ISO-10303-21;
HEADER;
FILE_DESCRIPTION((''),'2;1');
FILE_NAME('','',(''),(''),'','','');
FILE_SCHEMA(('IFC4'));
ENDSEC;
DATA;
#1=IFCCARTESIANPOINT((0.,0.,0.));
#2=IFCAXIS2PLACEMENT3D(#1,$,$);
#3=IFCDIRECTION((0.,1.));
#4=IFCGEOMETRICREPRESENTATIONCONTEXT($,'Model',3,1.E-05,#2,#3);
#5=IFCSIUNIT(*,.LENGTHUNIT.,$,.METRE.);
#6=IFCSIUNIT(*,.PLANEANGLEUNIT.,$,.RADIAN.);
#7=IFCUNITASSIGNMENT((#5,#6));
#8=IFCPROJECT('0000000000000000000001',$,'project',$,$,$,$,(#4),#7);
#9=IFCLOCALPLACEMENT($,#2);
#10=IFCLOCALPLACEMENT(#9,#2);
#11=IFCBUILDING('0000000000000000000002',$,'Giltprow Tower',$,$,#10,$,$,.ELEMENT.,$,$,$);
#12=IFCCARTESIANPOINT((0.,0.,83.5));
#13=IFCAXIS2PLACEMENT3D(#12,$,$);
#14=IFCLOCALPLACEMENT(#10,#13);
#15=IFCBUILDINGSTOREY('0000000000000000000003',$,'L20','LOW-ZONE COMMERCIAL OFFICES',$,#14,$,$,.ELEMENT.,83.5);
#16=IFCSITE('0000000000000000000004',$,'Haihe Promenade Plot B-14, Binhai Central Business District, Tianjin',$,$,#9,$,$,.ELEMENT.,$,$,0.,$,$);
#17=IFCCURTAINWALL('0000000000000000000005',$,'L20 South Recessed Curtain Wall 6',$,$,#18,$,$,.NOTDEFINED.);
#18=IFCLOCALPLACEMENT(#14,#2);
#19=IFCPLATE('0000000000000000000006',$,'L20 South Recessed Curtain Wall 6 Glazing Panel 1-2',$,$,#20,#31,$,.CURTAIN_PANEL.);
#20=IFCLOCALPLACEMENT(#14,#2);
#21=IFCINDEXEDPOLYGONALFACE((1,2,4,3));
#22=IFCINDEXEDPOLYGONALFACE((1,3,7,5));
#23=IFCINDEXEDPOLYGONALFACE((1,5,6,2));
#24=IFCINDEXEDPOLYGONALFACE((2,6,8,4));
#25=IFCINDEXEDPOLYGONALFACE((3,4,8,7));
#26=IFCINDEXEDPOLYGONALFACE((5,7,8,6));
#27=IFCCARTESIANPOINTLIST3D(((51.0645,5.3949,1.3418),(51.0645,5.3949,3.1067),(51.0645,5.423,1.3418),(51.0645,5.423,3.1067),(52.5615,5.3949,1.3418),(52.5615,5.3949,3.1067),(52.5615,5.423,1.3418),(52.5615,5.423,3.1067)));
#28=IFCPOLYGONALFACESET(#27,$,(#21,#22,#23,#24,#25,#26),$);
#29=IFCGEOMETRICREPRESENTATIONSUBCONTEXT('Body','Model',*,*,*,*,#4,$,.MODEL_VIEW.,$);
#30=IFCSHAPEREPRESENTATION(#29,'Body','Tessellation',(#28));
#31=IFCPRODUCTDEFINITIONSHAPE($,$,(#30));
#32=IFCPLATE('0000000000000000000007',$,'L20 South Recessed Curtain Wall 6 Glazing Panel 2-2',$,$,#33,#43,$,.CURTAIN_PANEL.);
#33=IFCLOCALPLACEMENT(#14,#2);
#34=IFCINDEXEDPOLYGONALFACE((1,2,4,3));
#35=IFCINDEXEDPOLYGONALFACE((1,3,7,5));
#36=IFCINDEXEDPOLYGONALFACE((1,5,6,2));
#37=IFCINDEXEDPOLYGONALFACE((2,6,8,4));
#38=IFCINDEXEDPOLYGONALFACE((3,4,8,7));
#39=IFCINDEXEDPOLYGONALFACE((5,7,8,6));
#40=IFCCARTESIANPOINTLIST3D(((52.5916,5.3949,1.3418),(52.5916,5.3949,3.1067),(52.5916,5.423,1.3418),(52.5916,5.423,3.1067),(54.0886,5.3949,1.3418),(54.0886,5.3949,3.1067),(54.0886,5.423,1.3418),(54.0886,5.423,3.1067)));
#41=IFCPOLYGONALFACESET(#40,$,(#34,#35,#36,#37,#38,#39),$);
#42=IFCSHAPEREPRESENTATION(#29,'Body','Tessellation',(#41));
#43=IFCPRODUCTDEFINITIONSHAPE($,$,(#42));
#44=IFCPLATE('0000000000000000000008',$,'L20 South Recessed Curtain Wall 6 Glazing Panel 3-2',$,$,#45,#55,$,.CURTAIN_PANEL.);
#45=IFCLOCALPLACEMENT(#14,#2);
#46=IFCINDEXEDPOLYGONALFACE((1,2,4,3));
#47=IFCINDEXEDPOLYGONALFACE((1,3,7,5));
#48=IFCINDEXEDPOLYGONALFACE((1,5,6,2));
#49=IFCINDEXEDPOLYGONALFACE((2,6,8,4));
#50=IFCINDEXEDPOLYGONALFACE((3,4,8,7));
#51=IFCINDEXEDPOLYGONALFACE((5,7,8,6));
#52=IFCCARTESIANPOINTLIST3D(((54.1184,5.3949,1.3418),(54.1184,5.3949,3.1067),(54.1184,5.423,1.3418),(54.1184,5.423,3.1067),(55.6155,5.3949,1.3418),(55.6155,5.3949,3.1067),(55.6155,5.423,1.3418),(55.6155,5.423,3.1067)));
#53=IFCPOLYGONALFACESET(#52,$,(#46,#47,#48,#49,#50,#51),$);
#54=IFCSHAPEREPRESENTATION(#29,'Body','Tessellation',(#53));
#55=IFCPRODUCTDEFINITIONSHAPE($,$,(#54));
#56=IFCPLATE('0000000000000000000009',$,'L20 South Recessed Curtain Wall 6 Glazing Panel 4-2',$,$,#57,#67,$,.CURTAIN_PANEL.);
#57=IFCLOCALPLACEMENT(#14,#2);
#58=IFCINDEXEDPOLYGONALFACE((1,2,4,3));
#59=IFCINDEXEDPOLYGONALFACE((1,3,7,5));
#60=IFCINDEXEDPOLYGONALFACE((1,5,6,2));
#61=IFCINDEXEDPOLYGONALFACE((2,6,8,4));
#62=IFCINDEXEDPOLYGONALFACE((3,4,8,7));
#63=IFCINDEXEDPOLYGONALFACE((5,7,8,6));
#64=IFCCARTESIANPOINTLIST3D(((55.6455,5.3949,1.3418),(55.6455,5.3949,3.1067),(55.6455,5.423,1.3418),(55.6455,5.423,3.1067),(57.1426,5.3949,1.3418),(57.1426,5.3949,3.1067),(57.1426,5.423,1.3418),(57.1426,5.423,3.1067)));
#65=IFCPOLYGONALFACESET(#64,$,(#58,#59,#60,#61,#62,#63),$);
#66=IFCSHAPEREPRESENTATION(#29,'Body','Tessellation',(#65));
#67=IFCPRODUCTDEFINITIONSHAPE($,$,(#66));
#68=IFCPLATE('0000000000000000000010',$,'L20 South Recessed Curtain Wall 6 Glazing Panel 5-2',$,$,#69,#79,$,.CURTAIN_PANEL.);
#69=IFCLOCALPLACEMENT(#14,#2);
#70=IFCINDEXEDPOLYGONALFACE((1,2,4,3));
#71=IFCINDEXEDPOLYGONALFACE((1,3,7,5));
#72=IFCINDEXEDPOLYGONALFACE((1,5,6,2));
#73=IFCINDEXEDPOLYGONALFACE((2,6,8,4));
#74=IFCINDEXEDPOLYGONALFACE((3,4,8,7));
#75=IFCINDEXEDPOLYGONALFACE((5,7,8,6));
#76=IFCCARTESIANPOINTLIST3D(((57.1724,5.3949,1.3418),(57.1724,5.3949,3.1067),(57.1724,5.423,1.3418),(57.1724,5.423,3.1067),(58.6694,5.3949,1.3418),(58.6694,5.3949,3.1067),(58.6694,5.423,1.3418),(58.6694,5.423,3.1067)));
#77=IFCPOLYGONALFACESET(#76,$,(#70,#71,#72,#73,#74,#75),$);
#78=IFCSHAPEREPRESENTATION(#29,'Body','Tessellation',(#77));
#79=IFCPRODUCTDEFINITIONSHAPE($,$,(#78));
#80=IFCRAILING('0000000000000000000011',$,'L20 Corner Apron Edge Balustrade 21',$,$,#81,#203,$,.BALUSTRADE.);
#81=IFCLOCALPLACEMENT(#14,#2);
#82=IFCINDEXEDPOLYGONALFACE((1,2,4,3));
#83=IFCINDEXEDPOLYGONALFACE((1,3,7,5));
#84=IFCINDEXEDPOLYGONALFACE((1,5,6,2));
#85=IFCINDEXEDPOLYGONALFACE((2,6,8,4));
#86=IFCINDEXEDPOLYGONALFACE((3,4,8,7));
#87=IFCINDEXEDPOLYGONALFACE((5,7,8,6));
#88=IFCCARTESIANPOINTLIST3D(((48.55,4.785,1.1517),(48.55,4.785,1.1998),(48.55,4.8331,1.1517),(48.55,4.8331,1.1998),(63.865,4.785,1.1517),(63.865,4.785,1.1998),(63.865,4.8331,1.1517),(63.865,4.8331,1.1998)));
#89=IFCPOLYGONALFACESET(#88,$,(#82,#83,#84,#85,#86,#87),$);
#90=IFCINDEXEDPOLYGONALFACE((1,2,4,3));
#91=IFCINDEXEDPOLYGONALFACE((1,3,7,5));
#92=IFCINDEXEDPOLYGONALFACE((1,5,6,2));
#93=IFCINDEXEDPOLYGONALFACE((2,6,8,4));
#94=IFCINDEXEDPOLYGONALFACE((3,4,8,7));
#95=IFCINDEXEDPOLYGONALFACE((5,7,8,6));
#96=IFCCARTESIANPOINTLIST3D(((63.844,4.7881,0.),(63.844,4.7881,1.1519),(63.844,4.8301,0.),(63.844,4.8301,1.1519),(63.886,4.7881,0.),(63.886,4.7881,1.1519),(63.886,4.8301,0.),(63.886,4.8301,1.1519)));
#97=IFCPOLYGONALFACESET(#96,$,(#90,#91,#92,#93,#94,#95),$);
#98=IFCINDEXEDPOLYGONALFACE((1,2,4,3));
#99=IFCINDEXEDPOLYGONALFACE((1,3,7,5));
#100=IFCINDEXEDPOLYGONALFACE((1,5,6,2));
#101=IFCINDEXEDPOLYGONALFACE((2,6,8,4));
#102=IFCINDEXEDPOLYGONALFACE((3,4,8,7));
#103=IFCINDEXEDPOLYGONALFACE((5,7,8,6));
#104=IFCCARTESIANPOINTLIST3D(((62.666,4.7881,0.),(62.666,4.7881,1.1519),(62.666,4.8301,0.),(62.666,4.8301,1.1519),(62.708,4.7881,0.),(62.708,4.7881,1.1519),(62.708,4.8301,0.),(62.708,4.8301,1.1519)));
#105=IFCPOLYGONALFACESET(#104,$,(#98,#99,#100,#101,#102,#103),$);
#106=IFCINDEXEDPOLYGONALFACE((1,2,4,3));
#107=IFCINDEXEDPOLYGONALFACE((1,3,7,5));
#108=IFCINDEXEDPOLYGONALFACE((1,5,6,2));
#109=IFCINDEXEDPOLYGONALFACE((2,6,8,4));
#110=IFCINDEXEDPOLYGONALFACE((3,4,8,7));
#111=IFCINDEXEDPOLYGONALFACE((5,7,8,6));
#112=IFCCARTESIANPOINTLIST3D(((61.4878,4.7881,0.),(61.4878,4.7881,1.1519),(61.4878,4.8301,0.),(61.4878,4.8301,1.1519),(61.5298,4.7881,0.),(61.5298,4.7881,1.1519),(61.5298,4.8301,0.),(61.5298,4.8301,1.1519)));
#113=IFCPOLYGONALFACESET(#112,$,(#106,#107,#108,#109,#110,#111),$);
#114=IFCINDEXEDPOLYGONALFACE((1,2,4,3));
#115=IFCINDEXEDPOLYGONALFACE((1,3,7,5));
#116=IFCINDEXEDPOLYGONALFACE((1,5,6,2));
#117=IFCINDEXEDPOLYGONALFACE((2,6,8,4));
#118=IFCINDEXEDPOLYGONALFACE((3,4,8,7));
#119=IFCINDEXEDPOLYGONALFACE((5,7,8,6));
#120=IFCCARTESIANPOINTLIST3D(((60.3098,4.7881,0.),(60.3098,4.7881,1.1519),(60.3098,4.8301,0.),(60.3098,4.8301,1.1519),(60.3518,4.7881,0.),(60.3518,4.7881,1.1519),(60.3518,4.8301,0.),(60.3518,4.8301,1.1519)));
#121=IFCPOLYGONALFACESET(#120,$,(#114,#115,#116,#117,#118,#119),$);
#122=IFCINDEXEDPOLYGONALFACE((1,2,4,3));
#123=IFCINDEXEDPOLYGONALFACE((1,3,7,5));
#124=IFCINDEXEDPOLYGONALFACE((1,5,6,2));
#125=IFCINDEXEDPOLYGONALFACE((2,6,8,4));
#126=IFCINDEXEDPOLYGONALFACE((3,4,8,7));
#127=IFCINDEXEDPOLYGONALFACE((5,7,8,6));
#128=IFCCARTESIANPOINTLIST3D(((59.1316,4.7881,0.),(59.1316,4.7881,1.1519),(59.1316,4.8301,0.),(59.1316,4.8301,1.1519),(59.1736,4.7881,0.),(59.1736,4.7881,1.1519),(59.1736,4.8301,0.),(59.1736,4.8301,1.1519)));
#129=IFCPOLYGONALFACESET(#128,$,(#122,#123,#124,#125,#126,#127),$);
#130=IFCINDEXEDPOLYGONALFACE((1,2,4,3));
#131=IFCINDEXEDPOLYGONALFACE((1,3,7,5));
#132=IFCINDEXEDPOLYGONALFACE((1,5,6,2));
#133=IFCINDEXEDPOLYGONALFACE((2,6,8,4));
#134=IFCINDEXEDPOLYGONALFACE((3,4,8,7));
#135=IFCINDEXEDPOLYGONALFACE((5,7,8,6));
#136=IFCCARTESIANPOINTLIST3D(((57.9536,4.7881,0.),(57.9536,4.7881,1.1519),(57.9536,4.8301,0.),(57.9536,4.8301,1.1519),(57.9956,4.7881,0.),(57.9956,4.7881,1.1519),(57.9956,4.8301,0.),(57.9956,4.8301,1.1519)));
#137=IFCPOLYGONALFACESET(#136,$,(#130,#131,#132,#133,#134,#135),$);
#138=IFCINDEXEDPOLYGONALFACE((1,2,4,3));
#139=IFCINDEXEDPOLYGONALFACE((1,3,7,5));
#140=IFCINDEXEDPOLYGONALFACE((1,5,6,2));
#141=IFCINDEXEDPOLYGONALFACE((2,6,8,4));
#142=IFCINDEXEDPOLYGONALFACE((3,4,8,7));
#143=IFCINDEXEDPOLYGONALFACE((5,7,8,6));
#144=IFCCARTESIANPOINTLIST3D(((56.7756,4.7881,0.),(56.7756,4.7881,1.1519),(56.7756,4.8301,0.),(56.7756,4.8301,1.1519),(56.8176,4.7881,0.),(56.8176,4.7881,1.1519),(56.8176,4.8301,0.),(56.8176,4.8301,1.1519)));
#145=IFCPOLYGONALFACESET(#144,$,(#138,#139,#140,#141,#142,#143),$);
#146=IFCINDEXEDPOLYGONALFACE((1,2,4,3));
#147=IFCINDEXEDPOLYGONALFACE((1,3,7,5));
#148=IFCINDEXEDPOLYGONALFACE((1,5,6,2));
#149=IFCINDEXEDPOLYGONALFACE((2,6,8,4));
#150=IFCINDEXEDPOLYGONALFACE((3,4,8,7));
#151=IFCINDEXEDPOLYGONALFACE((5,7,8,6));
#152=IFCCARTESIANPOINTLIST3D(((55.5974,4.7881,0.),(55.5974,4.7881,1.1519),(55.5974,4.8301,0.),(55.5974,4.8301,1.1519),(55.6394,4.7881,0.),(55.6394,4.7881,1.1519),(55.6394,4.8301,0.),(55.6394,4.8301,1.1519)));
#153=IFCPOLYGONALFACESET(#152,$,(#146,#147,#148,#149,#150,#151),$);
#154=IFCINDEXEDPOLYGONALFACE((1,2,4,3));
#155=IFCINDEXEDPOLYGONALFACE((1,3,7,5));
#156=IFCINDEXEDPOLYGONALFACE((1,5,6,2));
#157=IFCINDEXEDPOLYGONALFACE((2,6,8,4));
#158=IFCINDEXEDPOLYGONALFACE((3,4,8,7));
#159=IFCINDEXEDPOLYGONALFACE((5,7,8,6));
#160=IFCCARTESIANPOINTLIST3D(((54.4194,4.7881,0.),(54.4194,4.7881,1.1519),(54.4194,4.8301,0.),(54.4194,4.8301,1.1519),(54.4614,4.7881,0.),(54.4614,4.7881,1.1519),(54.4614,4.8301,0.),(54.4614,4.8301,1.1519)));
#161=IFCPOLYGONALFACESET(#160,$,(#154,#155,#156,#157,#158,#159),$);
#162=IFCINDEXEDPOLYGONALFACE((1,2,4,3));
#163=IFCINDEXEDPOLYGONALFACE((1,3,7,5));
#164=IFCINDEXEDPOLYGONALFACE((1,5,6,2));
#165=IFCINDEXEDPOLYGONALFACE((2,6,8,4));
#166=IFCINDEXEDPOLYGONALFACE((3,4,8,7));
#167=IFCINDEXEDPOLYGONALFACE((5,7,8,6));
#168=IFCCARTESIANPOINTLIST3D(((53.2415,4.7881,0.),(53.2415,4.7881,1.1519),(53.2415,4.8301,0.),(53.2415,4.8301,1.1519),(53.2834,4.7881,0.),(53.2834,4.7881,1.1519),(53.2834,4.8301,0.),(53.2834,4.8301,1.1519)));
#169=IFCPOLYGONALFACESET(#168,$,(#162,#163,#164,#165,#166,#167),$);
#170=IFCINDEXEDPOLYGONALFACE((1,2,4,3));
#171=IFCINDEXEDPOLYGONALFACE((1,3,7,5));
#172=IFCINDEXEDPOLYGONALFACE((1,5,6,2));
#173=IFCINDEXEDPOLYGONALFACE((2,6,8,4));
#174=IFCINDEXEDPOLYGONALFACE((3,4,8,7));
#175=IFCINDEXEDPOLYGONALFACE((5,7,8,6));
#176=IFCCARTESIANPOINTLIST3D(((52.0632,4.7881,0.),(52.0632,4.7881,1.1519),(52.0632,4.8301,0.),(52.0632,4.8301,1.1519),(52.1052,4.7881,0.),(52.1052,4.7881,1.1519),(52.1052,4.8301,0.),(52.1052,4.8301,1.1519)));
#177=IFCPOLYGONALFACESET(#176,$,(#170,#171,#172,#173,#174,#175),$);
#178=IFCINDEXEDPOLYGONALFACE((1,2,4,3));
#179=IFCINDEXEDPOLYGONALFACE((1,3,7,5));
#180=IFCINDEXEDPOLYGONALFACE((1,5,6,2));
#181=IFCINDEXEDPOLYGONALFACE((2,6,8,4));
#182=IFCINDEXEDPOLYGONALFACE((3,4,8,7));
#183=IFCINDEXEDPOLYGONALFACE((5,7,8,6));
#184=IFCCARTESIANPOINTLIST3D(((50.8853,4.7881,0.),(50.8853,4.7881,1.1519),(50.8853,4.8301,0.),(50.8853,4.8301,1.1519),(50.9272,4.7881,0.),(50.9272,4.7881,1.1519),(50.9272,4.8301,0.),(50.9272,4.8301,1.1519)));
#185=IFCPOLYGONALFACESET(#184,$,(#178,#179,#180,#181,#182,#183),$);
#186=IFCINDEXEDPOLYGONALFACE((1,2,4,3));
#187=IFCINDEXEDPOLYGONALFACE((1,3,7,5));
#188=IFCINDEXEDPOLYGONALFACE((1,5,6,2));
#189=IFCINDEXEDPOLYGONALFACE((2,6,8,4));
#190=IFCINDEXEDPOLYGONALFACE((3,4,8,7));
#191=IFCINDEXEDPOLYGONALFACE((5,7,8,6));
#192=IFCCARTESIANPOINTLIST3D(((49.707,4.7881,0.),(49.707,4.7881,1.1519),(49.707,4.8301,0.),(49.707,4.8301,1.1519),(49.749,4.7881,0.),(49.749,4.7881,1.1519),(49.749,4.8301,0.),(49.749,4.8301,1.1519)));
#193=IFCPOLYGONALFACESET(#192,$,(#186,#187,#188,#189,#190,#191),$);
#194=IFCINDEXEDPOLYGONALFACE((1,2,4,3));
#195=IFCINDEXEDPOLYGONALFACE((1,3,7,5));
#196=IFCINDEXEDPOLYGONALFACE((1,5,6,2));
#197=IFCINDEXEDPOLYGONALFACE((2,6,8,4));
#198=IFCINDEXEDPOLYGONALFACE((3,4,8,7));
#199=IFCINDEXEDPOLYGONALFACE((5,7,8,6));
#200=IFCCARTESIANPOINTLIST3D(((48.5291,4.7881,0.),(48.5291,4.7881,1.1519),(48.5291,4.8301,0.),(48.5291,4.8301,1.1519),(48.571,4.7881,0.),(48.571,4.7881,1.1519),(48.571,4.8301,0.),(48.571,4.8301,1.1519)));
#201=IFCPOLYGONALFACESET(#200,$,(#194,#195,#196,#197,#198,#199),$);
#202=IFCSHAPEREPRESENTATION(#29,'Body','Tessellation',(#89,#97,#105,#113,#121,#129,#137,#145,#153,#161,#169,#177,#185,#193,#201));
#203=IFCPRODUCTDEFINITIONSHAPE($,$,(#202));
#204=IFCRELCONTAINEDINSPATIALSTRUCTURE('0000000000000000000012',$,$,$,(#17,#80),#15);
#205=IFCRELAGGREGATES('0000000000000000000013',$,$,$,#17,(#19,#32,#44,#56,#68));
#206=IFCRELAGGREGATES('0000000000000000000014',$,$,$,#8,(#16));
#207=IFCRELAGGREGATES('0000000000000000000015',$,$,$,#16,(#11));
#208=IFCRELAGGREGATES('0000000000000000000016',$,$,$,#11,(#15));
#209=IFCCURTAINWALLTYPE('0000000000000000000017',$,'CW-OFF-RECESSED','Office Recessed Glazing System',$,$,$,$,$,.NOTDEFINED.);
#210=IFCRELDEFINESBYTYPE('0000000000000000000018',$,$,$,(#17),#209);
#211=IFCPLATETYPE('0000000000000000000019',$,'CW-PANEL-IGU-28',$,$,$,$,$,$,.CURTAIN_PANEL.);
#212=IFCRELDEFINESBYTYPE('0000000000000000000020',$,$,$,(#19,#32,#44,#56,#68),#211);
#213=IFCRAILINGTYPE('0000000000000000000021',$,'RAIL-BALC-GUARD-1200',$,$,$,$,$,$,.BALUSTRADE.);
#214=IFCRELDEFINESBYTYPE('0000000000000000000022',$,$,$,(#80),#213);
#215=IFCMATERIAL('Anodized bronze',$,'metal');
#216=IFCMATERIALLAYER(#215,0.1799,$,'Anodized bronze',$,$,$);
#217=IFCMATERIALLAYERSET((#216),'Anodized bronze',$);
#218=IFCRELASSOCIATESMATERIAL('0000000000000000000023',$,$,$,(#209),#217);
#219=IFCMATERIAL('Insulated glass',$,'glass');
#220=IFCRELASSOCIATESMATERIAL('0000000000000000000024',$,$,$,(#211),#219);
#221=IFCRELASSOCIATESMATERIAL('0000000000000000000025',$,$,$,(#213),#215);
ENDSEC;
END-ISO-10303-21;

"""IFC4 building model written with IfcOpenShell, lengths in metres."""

from ifc_helpers import new_model, si_unit, direction, frame, origin, origin_2d, place, context, subcontext, project, spatial, rectangle, extrude, source, transform, mapped, material, layer, layer_set, type_object, element, aggregate, save


model = new_model("IFC4")

# Units and contexts
model_context = context("Model", 3, precision=1e-05, world=origin(), true_north=direction((0.0, 1.0)))
body_context = subcontext(model_context, "Body", "Model", "MODEL_VIEW")
ifc_project = project(units=[si_unit("LENGTHUNIT", "METRE"), si_unit("PLANEANGLEUNIT", "RADIAN")], contexts=[model_context])

# Site, building, storey
site_placement = place(None, origin())
site = spatial("IfcSite", under=ifc_project, at=site_placement, Name="Haihe Promenade Plot B-14, Binhai Central Business District, Tianjin", CompositionType="ELEMENT", RefElevation=0.0)
building_placement = place(site_placement, origin())
building = spatial("IfcBuilding", under=site, at=building_placement, Name="Giltprow Tower", CompositionType="ELEMENT")
storey_placement = place(building_placement, frame((0.0, 0.0, 83.5)))
storey = spatial("IfcBuildingStorey", under=building, at=storey_placement, Name="L20", Description="LOW-ZONE COMMERCIAL OFFICES", CompositionType="ELEMENT", Elevation=83.5)

# Curtain wall, plates
ifc_material_1 = material(Name="Anodized bronze", Category="metal")
ifc_layer = layer(ifc_material_1, 0.1799, Name="Anodized bronze")
ifc_layer_set = layer_set([ifc_layer], Name="Anodized bronze")
curtain_wall_type = type_object("IfcCurtainWallType", Name="CW-OFF-RECESSED", Description="Office Recessed Glazing System", PredefinedType="NOTDEFINED", material=ifc_layer_set)
curtain_wall_placement = place(storey_placement, origin())
curtain_wall = element("IfcCurtainWall", 1, at=curtain_wall_placement, inside=storey, type_object=curtain_wall_type, Name="L20 South Recessed Curtain Wall 6", PredefinedType="NOTDEFINED")
ifc_material_2 = material(Name="Insulated glass", Category="glass")
plate_type = type_object("IfcPlateType", Name="CW-PANEL-IGU-28", PredefinedType="CURTAIN_PANEL", material=ifc_material_2)
shared_shape_1 = source(origin(), body_context, "Body", "SweptSolid", [
    extrude(rectangle(XDim=1.4971, YDim=0.0281, at=origin_2d()), origin(), (0.0, 0.0, 1.0), 1.7649),
])
plate_1_placement = place(storey_placement, frame((51.813, 5.4089, 1.3418), z_axis=(0.0, 0.0, 1.0), x_axis=(1.0, 0.0, 0.0)))
plate_1 = element("IfcPlate", 2, at=plate_1_placement, type_object=plate_type, Name="L20 South Recessed Curtain Wall 6 Glazing Panel 1-2", PredefinedType="CURTAIN_PANEL", context=body_context, shape_type="MappedRepresentation", body=[
    mapped(shared_shape_1, transform((0.0, 0.0, 0.0), x_axis=(1.0, 0.0, 0.0), y_axis=(0.0, 1.0, 0.0), z_axis=(0.0, 0.0, 1.0), scale=1.0)),
])
plate_2_placement = place(storey_placement, frame((53.3401, 5.4089, 1.3418), z_axis=(0.0, 0.0, 1.0), x_axis=(1.0, 0.0, 0.0)))
plate_2 = element("IfcPlate", 3, at=plate_2_placement, type_object=plate_type, Name="L20 South Recessed Curtain Wall 6 Glazing Panel 2-2", PredefinedType="CURTAIN_PANEL", context=body_context, shape_type="MappedRepresentation", body=[
    mapped(shared_shape_1, transform((0.0, 0.0, 0.0), x_axis=(1.0, 0.0, 0.0), y_axis=(0.0, 1.0, 0.0), z_axis=(0.0, 0.0, 1.0), scale=1.0)),
])
plate_3_placement = place(storey_placement, frame((54.8669, 5.4089, 1.3418), z_axis=(0.0, 0.0, 1.0), x_axis=(1.0, 0.0, 0.0)))
plate_3 = element("IfcPlate", 4, at=plate_3_placement, type_object=plate_type, Name="L20 South Recessed Curtain Wall 6 Glazing Panel 3-2", PredefinedType="CURTAIN_PANEL", context=body_context, shape_type="MappedRepresentation", body=[
    mapped(shared_shape_1, transform((0.0, 0.0, 0.0), x_axis=(1.0, 0.0, 0.0), y_axis=(0.0, 1.0, 0.0), z_axis=(0.0, 0.0, 1.0), scale=1.0)),
])
plate_4_placement = place(storey_placement, frame((56.394, 5.4089, 1.3418), z_axis=(0.0, 0.0, 1.0), x_axis=(1.0, 0.0, 0.0)))
plate_4 = element("IfcPlate", 5, at=plate_4_placement, type_object=plate_type, Name="L20 South Recessed Curtain Wall 6 Glazing Panel 4-2", PredefinedType="CURTAIN_PANEL", context=body_context, shape_type="MappedRepresentation", body=[
    mapped(shared_shape_1, transform((0.0, 0.0, 0.0), x_axis=(1.0, 0.0, 0.0), y_axis=(0.0, 1.0, 0.0), z_axis=(0.0, 0.0, 1.0), scale=1.0)),
])
plate_5_placement = place(storey_placement, frame((57.9209, 5.4089, 1.3418), z_axis=(0.0, 0.0, 1.0), x_axis=(1.0, 0.0, 0.0)))
plate_5 = element("IfcPlate", 6, at=plate_5_placement, type_object=plate_type, Name="L20 South Recessed Curtain Wall 6 Glazing Panel 5-2", PredefinedType="CURTAIN_PANEL", context=body_context, shape_type="MappedRepresentation", body=[
    mapped(shared_shape_1, transform((0.0, 0.0, 0.0), x_axis=(1.0, 0.0, 0.0), y_axis=(0.0, 1.0, 0.0), z_axis=(0.0, 0.0, 1.0), scale=1.0)),
])
aggregate(curtain_wall, [plate_1, plate_2, plate_3, plate_4, plate_5])

# Railing
railing_type = type_object("IfcRailingType", Name="RAIL-BALC-GUARD-1200", PredefinedType="BALUSTRADE", material=ifc_material_1)
railing_placement = place(storey_placement, frame((63.865, 4.8091, 0.0)))
element("IfcRailing", 7, at=railing_placement, inside=storey, type_object=railing_type, Name="L20 Corner Apron Edge Balustrade 21", PredefinedType="BALUSTRADE", context=body_context, shape_type="SweptSolid", body=[
    extrude(rectangle(XDim=0.0481, YDim=0.0481, at=origin_2d()), frame((0.0, 0.0, 1.1758), z_axis=(-1.0, 0.0, 0.0), x_axis=(0.0, -1.0, 0.0)), (0.0, 0.0, 1.0), 15.3149),
    extrude(rectangle(XDim=0.042, YDim=0.042, at=origin_2d()), origin(), (0.0, 0.0, 1.0), 1.1519),
    extrude(rectangle(XDim=0.042, YDim=0.042, at=origin_2d()), frame((-1.178, 0.0, 0.0)), (0.0, 0.0, 1.0), 1.1519),
    extrude(rectangle(XDim=0.042, YDim=0.042, at=origin_2d()), frame((-2.3562, 0.0, 0.0)), (0.0, 0.0, 1.0), 1.1519),
    extrude(rectangle(XDim=0.042, YDim=0.042, at=origin_2d()), frame((-3.5342, 0.0, 0.0)), (0.0, 0.0, 1.0), 1.1519),
    extrude(rectangle(XDim=0.042, YDim=0.042, at=origin_2d()), frame((-4.7124, 0.0, 0.0)), (0.0, 0.0, 1.0), 1.1519),
    extrude(rectangle(XDim=0.042, YDim=0.042, at=origin_2d()), frame((-5.8904, 0.0, 0.0)), (0.0, 0.0, 1.0), 1.1519),
    extrude(rectangle(XDim=0.042, YDim=0.042, at=origin_2d()), frame((-7.0684, 0.0, 0.0)), (0.0, 0.0, 1.0), 1.1519),
    extrude(rectangle(XDim=0.042, YDim=0.042, at=origin_2d()), frame((-8.2466, 0.0, 0.0)), (0.0, 0.0, 1.0), 1.1519),
    extrude(rectangle(XDim=0.042, YDim=0.042, at=origin_2d()), frame((-9.4246, 0.0, 0.0)), (0.0, 0.0, 1.0), 1.1519),
    extrude(rectangle(XDim=0.042, YDim=0.042, at=origin_2d()), frame((-10.6025, 0.0, 0.0)), (0.0, 0.0, 1.0), 1.1519),
    extrude(rectangle(XDim=0.042, YDim=0.042, at=origin_2d()), frame((-11.7808, 0.0, 0.0)), (0.0, 0.0, 1.0), 1.1519),
    extrude(rectangle(XDim=0.042, YDim=0.042, at=origin_2d()), frame((-12.9587, 0.0, 0.0)), (0.0, 0.0, 1.0), 1.1519),
    extrude(rectangle(XDim=0.042, YDim=0.042, at=origin_2d()), frame((-14.137, 0.0, 0.0)), (0.0, 0.0, 1.0), 1.1519),
    extrude(rectangle(XDim=0.042, YDim=0.042, at=origin_2d()), frame((-15.3149, 0.0, 0.0)), (0.0, 0.0, 1.0), 1.1519),
])

save(model, "model.ifc")
